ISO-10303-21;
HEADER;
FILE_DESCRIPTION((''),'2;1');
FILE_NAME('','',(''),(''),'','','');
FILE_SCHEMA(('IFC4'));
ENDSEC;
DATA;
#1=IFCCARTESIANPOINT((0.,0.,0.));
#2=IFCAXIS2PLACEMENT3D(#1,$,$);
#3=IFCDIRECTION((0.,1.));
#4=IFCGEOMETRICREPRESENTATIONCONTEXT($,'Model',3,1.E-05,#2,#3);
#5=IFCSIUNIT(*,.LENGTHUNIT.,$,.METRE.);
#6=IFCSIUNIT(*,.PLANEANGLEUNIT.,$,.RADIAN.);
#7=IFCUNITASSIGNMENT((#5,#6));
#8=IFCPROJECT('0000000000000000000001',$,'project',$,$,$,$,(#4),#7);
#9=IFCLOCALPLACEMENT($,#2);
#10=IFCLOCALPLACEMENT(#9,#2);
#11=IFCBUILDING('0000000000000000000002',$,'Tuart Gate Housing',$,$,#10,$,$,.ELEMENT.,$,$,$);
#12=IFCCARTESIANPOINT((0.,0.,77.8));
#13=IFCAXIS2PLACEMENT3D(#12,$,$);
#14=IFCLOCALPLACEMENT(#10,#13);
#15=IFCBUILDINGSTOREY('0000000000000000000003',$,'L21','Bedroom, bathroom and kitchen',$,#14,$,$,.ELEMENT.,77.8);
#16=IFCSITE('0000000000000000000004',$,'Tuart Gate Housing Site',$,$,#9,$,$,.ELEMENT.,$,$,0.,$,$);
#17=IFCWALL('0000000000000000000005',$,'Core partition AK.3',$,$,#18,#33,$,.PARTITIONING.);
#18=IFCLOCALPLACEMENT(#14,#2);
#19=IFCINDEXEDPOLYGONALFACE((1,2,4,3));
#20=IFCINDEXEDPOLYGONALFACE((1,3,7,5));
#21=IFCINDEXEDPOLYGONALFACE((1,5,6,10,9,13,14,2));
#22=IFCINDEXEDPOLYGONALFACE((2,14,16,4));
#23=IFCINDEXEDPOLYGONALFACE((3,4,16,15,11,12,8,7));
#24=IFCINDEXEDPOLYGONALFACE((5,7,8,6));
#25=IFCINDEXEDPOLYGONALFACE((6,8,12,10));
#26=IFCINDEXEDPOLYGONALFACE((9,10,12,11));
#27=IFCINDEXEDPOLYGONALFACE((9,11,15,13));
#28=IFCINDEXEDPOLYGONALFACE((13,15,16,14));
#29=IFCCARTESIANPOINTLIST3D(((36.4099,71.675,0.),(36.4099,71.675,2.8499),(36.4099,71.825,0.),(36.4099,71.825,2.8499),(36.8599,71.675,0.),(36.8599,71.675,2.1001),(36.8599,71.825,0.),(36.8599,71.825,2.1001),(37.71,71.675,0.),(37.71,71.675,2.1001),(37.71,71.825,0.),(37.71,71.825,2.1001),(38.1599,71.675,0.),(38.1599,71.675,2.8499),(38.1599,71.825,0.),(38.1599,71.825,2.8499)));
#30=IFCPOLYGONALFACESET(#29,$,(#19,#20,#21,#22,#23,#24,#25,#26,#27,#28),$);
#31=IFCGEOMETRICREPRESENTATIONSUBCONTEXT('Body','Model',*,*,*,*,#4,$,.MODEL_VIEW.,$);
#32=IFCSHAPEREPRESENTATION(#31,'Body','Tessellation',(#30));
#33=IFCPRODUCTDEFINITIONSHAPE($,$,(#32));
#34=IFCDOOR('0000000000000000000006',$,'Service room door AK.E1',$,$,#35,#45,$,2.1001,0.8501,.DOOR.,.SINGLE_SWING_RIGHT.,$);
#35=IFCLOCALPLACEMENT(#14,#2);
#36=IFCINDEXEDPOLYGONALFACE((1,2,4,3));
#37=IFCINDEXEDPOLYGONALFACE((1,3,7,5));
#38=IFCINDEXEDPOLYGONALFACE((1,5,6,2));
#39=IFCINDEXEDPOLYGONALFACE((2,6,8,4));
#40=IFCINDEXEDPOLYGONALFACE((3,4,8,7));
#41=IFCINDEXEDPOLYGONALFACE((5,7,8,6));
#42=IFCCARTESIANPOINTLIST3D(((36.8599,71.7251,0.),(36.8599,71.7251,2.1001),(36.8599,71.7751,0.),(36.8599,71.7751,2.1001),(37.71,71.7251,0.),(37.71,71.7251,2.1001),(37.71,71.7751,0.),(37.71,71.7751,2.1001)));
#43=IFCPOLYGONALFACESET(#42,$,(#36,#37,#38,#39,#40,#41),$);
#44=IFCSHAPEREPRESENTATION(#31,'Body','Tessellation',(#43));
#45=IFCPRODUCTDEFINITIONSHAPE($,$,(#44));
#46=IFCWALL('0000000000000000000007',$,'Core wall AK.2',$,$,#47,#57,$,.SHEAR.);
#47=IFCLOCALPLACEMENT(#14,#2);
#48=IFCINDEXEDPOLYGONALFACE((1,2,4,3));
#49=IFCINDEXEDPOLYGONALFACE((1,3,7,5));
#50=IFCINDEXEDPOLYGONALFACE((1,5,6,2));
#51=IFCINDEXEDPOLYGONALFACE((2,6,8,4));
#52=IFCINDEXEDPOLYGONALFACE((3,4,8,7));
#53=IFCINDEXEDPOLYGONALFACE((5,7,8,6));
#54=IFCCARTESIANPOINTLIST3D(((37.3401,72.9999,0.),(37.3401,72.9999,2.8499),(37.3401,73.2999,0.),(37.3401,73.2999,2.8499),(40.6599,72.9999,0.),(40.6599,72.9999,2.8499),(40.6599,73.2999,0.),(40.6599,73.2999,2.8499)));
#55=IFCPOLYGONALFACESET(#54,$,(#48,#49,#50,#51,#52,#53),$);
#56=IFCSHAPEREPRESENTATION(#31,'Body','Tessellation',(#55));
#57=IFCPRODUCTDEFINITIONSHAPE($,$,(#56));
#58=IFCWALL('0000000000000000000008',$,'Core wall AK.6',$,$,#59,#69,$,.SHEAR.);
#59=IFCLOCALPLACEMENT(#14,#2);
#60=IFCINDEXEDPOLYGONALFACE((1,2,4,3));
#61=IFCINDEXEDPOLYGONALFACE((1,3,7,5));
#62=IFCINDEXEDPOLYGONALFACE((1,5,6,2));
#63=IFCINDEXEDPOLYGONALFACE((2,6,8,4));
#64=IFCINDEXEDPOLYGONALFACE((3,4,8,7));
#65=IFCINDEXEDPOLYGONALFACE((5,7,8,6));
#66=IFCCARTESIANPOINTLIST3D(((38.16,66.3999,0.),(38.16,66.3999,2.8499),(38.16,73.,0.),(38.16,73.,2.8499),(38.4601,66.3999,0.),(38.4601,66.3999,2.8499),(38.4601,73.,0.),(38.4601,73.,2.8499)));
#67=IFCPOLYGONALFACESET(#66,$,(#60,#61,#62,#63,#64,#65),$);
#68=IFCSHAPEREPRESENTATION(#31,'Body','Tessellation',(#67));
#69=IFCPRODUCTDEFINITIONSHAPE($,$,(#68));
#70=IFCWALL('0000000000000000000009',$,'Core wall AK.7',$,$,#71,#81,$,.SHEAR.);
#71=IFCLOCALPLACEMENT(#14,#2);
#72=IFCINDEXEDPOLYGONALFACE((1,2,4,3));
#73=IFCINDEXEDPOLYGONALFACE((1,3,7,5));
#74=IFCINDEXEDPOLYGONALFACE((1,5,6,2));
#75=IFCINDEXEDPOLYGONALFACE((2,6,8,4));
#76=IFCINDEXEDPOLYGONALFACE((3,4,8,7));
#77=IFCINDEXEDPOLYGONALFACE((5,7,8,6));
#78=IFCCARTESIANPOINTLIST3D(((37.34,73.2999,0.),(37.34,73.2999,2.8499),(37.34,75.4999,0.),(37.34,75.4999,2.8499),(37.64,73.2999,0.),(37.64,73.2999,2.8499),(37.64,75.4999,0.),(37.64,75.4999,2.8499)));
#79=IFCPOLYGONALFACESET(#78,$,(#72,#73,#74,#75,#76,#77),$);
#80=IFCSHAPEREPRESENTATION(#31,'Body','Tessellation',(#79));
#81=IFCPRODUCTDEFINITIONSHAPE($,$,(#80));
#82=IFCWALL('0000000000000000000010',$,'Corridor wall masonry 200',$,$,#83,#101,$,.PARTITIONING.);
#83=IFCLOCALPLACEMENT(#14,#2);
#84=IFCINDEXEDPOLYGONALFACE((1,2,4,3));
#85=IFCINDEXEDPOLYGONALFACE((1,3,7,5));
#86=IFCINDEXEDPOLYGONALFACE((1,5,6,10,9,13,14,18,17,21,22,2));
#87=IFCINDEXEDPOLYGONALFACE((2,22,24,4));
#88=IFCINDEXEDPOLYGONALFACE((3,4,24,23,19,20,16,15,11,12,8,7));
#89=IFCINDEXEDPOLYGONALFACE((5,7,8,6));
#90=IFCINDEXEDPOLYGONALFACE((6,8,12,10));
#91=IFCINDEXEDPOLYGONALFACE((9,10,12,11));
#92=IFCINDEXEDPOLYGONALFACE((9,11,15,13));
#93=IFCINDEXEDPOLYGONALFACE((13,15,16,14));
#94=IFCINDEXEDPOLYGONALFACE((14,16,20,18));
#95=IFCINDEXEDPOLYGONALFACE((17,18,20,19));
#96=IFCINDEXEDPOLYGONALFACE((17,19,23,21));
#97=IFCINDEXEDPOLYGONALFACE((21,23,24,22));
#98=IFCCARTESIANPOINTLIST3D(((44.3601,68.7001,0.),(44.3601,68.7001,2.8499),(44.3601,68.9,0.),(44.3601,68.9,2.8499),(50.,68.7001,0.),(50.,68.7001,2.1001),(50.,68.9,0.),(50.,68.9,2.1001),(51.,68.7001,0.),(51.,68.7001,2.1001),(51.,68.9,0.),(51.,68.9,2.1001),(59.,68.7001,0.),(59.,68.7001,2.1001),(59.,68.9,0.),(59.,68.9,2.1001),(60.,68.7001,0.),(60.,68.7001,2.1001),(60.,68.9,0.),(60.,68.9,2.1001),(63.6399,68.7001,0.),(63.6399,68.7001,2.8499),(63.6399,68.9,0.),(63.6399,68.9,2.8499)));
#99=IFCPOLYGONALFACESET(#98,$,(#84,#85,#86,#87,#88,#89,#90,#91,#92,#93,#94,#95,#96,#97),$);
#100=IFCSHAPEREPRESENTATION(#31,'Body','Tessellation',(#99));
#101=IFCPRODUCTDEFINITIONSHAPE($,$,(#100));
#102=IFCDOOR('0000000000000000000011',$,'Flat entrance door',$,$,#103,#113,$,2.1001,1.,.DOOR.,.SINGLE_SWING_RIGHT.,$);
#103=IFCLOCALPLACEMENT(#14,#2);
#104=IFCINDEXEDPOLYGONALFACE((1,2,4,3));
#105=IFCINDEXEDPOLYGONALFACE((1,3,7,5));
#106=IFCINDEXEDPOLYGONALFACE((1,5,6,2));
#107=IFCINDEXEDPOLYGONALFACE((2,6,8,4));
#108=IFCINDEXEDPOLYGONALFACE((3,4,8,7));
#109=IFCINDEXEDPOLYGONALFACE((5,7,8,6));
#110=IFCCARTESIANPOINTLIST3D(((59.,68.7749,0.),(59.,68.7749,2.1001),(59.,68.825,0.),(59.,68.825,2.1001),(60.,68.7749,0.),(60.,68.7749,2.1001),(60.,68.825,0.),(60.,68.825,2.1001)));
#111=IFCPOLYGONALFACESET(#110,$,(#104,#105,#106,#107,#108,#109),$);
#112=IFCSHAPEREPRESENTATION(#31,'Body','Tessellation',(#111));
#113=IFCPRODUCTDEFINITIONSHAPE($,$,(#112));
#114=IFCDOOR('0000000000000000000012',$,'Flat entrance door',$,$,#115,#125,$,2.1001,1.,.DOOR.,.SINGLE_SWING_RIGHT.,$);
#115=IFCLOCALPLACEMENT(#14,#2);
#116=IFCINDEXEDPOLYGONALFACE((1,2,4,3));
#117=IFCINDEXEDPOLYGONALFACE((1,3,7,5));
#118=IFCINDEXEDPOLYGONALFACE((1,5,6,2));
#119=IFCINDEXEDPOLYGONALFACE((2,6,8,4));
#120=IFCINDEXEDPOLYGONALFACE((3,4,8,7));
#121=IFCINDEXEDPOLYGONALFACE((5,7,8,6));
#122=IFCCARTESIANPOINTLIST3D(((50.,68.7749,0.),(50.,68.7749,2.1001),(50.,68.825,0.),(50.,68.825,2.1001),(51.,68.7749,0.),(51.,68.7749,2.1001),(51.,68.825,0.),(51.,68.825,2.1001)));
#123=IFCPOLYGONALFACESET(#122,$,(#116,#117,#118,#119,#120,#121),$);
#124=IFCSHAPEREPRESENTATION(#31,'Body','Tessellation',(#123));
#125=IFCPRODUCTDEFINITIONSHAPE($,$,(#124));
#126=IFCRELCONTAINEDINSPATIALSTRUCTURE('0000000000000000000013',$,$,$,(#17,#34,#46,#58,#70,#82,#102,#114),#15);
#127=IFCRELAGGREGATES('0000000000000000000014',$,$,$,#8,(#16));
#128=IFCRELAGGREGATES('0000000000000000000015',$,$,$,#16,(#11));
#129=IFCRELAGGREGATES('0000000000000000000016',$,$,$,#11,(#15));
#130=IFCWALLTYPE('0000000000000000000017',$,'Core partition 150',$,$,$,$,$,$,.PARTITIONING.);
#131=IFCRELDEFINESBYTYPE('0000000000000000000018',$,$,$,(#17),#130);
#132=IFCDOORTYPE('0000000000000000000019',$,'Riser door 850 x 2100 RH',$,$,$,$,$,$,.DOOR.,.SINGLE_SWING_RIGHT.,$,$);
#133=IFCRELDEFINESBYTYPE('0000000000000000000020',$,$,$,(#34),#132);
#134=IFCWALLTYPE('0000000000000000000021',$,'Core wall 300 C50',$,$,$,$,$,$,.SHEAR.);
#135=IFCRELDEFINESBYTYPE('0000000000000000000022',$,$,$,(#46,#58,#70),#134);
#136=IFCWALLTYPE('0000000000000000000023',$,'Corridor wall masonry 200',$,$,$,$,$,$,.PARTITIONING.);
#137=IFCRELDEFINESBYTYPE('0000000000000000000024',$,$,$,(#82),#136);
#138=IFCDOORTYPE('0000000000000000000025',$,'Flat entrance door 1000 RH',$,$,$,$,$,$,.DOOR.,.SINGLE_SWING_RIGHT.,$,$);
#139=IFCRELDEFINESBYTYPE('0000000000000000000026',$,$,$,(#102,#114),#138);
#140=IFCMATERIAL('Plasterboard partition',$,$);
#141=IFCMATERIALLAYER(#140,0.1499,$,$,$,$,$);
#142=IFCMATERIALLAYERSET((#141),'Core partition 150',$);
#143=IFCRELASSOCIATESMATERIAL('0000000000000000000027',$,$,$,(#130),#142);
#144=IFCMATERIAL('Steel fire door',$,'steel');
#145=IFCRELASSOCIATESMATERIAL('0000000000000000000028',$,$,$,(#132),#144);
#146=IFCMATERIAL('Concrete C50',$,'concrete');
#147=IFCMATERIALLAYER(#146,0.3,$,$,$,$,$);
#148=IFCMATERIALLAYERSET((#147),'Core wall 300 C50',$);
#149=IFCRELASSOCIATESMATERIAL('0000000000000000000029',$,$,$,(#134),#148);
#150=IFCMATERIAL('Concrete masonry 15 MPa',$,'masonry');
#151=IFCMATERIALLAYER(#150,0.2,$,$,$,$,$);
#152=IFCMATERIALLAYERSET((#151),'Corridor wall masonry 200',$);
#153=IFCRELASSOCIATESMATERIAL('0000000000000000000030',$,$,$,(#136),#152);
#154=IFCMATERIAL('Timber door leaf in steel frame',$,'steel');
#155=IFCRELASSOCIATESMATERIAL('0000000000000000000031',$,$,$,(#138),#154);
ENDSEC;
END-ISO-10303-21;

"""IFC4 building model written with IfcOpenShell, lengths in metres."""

from ifc_helpers import new_model, si_unit, direction, frame, frame_2d, origin, place, context, subcontext, project, spatial, rectangle, extrude, material, layer, layer_set, type_object, element, fill, save


model = new_model("IFC4")

# Units and contexts
model_context = context("Model", 3, precision=1e-05, world=origin(), true_north=direction((0.0, 1.0)))
body_context = subcontext(model_context, "Body", "Model", "MODEL_VIEW")
ifc_project = project(units=[si_unit("LENGTHUNIT", "METRE"), si_unit("PLANEANGLEUNIT", "RADIAN")], contexts=[model_context])

# Site, building, storey
site_placement = place(None, origin())
site = spatial("IfcSite", under=ifc_project, at=site_placement, Name="Tuart Gate Housing Site", CompositionType="ELEMENT", RefElevation=0.0)
building_placement = place(site_placement, origin())
building = spatial("IfcBuilding", under=site, at=building_placement, Name="Tuart Gate Housing", CompositionType="ELEMENT")
storey_placement = place(building_placement, frame((0.0, 0.0, 77.8)))
storey = spatial("IfcBuildingStorey", under=building, at=storey_placement, Name="L21", Description="Bedroom, bathroom and kitchen", CompositionType="ELEMENT", Elevation=77.8)

# Wall, opening, door
ifc_material_1 = material(Name="Plasterboard partition")
ifc_layer_1 = layer(ifc_material_1, 0.1499)
ifc_layer_set_1 = layer_set([ifc_layer_1], Name="Core partition 150")
wall_type_1 = type_object("IfcWallType", Name="Core partition 150", PredefinedType="PARTITIONING", material=ifc_layer_set_1)
wall_1_placement = place(storey_placement, frame((38.1599, 71.75, 0.0), z_axis=(0.0, 0.0, 1.0), x_axis=(-1.0, 0.0, 0.0)))
wall_1 = element("IfcWall", 1, at=wall_1_placement, inside=storey, type_object=wall_type_1, Name="Core partition AK.3", PredefinedType="PARTITIONING", context=body_context, shape_type="SweptSolid", body=[
    extrude(rectangle(XDim=1.75, YDim=0.1499, at=frame_2d((0.875, 0.0))), origin(), (0.0, 0.0, 1.0), 2.8499),
])
opening_1_placement = place(wall_1_placement, frame((0.45, 0.0, 0.0)))
opening_1 = element("IfcOpeningElement", 2, at=opening_1_placement, cuts=wall_1, PredefinedType="OPENING", context=body_context, shape_type="SweptSolid", body=[
    extrude(rectangle(XDim=0.8501, YDim=2.1001, at=frame_2d((0.425, 1.05))), frame((0.0, 0.085, 0.0), z_axis=(0.0, -1.0, 0.0), x_axis=(1.0, 0.0, 0.0)), (0.0, 0.0, 1.0), 0.1699),
])
ifc_material_2 = material(Name="Steel fire door", Category="steel")
door_type_1 = type_object("IfcDoorType", Name="Riser door 850 x 2100 RH", OperationType="SINGLE_SWING_RIGHT", PredefinedType="DOOR", material=ifc_material_2)
door_1_placement = place(opening_1_placement, frame((0.8501, 0.0, 0.0), z_axis=(0.0, 0.0, 1.0), x_axis=(-1.0, 0.0, 0.0)))
door_1 = element("IfcDoor", 3, at=door_1_placement, inside=storey, type_object=door_type_1, Name="Service room door AK.E1", OperationType="SINGLE_SWING_RIGHT", OverallHeight=2.1001, OverallWidth=0.8501, PredefinedType="DOOR", context=body_context, shape_type="SweptSolid", body=[
    extrude(rectangle(XDim=0.8501, YDim=2.1001, at=frame_2d((0.425, 1.05))), frame((0.0, 0.0251, 0.0), z_axis=(0.0, -1.0, 0.0), x_axis=(1.0, 0.0, 0.0)), (0.0, 0.0, 1.0), 0.05),
])
fill(opening_1, door_1)

# Walls
ifc_material_3 = material(Name="Concrete C50", Category="concrete")
ifc_layer_2 = layer(ifc_material_3, 0.3)
ifc_layer_set_2 = layer_set([ifc_layer_2], Name="Core wall 300 C50")
wall_type_2 = type_object("IfcWallType", Name="Core wall 300 C50", PredefinedType="SHEAR", material=ifc_layer_set_2)
wall_2_placement = place(storey_placement, frame((40.6599, 73.1499, 0.0), z_axis=(0.0, 0.0, 1.0), x_axis=(-1.0, 0.0, 0.0)))
element("IfcWall", 4, at=wall_2_placement, inside=storey, type_object=wall_type_2, Name="Core wall AK.2", PredefinedType="SHEAR", context=body_context, shape_type="SweptSolid", body=[
    extrude(rectangle(XDim=3.3198, YDim=0.3, at=frame_2d((1.6599, 0.0))), origin(), (0.0, 0.0, 1.0), 2.8499),
])
wall_3_placement = place(storey_placement, frame((38.3101, 73.0, 0.0), z_axis=(0.0, 0.0, 1.0), x_axis=(0.0, -1.0, 0.0)))
element("IfcWall", 5, at=wall_3_placement, inside=storey, type_object=wall_type_2, Name="Core wall AK.6", PredefinedType="SHEAR", context=body_context, shape_type="SweptSolid", body=[
    extrude(rectangle(XDim=6.6001, YDim=0.3, at=frame_2d((3.3, 0.0))), origin(), (0.0, 0.0, 1.0), 2.8499),
])
wall_4_placement = place(storey_placement, frame((37.49, 75.5, 0.0), z_axis=(0.0, 0.0, 1.0), x_axis=(0.0, -1.0, 0.0)))
element("IfcWall", 6, at=wall_4_placement, inside=storey, type_object=wall_type_2, Name="Core wall AK.7", PredefinedType="SHEAR", context=body_context, shape_type="SweptSolid", body=[
    extrude(rectangle(XDim=2.2, YDim=0.3, at=frame_2d((1.1001, 0.0))), origin(), (0.0, 0.0, 1.0), 2.8499),
])

# Wall, openings, doors
ifc_material_4 = material(Name="Concrete masonry 15 MPa", Category="masonry")
ifc_layer_3 = layer(ifc_material_4, 0.2)
ifc_layer_set_3 = layer_set([ifc_layer_3], Name="Corridor wall masonry 200")
wall_type_3 = type_object("IfcWallType", Name="Corridor wall masonry 200", PredefinedType="PARTITIONING", material=ifc_layer_set_3)
wall_5_placement = place(storey_placement, frame((44.3601, 68.8, 0.0), z_axis=(0.0, 0.0, 1.0), x_axis=(1.0, 0.0, 0.0)))
wall_5 = element("IfcWall", 7, at=wall_5_placement, inside=storey, type_object=wall_type_3, Name="Corridor wall masonry 200", PredefinedType="PARTITIONING", context=body_context, shape_type="SweptSolid", body=[
    extrude(rectangle(XDim=19.2798, YDim=0.2, at=frame_2d((9.6399, 0.0))), origin(), (0.0, 0.0, 1.0), 2.8499),
])
opening_2_placement = place(wall_5_placement, frame((14.6399, 0.0, 0.0)))
opening_2 = element("IfcOpeningElement", 8, at=opening_2_placement, cuts=wall_5, PredefinedType="OPENING", context=body_context, shape_type="SweptSolid", body=[
    extrude(rectangle(XDim=1.0, YDim=2.1001, at=frame_2d((0.5, 1.05))), frame((0.0, 0.1099, 0.0), z_axis=(0.0, -1.0, 0.0), x_axis=(1.0, 0.0, 0.0)), (0.0, 0.0, 1.0), 0.22),
])
opening_3_placement = place(wall_5_placement, frame((5.6399, 0.0, 0.0)))
opening_3 = element("IfcOpeningElement", 9, at=opening_3_placement, cuts=wall_5, PredefinedType="OPENING", context=body_context, shape_type="SweptSolid", body=[
    extrude(rectangle(XDim=1.0, YDim=2.1001, at=frame_2d((0.5, 1.05))), frame((0.0, 0.1099, 0.0), z_axis=(0.0, -1.0, 0.0), x_axis=(1.0, 0.0, 0.0)), (0.0, 0.0, 1.0), 0.22),
])
ifc_material_5 = material(Name="Timber door leaf in steel frame", Category="steel")
door_type_2 = type_object("IfcDoorType", Name="Flat entrance door 1000 RH", OperationType="SINGLE_SWING_RIGHT", PredefinedType="DOOR", material=ifc_material_5)
door_2_placement = place(opening_2_placement, frame((1.0, 0.0, 0.0), z_axis=(0.0, 0.0, 1.0), x_axis=(-1.0, 0.0, 0.0)))
door_2 = element("IfcDoor", 10, at=door_2_placement, inside=storey, type_object=door_type_2, Name="Flat entrance door", OperationType="SINGLE_SWING_RIGHT", OverallHeight=2.1001, OverallWidth=1.0, PredefinedType="DOOR", context=body_context, shape_type="SweptSolid", body=[
    extrude(rectangle(XDim=1.0, YDim=2.1001, at=frame_2d((0.5, 1.05))), frame((0.0, 0.0251, 0.0), z_axis=(0.0, -1.0, 0.0), x_axis=(1.0, 0.0, 0.0)), (0.0, 0.0, 1.0), 0.05),
])
fill(opening_2, door_2)
door_3_placement = place(opening_3_placement, frame((1.0, 0.0, 0.0), z_axis=(0.0, 0.0, 1.0), x_axis=(-1.0, 0.0, 0.0)))
door_3 = element("IfcDoor", 11, at=door_3_placement, inside=storey, type_object=door_type_2, Name="Flat entrance door", OperationType="SINGLE_SWING_RIGHT", OverallHeight=2.1001, OverallWidth=1.0, PredefinedType="DOOR", context=body_context, shape_type="SweptSolid", body=[
    extrude(rectangle(XDim=1.0, YDim=2.1001, at=frame_2d((0.5, 1.05))), frame((0.0, 0.0251, 0.0), z_axis=(0.0, -1.0, 0.0), x_axis=(1.0, 0.0, 0.0)), (0.0, 0.0, 1.0), 0.05),
])
fill(opening_3, door_3)

save(model, "model.ifc")
